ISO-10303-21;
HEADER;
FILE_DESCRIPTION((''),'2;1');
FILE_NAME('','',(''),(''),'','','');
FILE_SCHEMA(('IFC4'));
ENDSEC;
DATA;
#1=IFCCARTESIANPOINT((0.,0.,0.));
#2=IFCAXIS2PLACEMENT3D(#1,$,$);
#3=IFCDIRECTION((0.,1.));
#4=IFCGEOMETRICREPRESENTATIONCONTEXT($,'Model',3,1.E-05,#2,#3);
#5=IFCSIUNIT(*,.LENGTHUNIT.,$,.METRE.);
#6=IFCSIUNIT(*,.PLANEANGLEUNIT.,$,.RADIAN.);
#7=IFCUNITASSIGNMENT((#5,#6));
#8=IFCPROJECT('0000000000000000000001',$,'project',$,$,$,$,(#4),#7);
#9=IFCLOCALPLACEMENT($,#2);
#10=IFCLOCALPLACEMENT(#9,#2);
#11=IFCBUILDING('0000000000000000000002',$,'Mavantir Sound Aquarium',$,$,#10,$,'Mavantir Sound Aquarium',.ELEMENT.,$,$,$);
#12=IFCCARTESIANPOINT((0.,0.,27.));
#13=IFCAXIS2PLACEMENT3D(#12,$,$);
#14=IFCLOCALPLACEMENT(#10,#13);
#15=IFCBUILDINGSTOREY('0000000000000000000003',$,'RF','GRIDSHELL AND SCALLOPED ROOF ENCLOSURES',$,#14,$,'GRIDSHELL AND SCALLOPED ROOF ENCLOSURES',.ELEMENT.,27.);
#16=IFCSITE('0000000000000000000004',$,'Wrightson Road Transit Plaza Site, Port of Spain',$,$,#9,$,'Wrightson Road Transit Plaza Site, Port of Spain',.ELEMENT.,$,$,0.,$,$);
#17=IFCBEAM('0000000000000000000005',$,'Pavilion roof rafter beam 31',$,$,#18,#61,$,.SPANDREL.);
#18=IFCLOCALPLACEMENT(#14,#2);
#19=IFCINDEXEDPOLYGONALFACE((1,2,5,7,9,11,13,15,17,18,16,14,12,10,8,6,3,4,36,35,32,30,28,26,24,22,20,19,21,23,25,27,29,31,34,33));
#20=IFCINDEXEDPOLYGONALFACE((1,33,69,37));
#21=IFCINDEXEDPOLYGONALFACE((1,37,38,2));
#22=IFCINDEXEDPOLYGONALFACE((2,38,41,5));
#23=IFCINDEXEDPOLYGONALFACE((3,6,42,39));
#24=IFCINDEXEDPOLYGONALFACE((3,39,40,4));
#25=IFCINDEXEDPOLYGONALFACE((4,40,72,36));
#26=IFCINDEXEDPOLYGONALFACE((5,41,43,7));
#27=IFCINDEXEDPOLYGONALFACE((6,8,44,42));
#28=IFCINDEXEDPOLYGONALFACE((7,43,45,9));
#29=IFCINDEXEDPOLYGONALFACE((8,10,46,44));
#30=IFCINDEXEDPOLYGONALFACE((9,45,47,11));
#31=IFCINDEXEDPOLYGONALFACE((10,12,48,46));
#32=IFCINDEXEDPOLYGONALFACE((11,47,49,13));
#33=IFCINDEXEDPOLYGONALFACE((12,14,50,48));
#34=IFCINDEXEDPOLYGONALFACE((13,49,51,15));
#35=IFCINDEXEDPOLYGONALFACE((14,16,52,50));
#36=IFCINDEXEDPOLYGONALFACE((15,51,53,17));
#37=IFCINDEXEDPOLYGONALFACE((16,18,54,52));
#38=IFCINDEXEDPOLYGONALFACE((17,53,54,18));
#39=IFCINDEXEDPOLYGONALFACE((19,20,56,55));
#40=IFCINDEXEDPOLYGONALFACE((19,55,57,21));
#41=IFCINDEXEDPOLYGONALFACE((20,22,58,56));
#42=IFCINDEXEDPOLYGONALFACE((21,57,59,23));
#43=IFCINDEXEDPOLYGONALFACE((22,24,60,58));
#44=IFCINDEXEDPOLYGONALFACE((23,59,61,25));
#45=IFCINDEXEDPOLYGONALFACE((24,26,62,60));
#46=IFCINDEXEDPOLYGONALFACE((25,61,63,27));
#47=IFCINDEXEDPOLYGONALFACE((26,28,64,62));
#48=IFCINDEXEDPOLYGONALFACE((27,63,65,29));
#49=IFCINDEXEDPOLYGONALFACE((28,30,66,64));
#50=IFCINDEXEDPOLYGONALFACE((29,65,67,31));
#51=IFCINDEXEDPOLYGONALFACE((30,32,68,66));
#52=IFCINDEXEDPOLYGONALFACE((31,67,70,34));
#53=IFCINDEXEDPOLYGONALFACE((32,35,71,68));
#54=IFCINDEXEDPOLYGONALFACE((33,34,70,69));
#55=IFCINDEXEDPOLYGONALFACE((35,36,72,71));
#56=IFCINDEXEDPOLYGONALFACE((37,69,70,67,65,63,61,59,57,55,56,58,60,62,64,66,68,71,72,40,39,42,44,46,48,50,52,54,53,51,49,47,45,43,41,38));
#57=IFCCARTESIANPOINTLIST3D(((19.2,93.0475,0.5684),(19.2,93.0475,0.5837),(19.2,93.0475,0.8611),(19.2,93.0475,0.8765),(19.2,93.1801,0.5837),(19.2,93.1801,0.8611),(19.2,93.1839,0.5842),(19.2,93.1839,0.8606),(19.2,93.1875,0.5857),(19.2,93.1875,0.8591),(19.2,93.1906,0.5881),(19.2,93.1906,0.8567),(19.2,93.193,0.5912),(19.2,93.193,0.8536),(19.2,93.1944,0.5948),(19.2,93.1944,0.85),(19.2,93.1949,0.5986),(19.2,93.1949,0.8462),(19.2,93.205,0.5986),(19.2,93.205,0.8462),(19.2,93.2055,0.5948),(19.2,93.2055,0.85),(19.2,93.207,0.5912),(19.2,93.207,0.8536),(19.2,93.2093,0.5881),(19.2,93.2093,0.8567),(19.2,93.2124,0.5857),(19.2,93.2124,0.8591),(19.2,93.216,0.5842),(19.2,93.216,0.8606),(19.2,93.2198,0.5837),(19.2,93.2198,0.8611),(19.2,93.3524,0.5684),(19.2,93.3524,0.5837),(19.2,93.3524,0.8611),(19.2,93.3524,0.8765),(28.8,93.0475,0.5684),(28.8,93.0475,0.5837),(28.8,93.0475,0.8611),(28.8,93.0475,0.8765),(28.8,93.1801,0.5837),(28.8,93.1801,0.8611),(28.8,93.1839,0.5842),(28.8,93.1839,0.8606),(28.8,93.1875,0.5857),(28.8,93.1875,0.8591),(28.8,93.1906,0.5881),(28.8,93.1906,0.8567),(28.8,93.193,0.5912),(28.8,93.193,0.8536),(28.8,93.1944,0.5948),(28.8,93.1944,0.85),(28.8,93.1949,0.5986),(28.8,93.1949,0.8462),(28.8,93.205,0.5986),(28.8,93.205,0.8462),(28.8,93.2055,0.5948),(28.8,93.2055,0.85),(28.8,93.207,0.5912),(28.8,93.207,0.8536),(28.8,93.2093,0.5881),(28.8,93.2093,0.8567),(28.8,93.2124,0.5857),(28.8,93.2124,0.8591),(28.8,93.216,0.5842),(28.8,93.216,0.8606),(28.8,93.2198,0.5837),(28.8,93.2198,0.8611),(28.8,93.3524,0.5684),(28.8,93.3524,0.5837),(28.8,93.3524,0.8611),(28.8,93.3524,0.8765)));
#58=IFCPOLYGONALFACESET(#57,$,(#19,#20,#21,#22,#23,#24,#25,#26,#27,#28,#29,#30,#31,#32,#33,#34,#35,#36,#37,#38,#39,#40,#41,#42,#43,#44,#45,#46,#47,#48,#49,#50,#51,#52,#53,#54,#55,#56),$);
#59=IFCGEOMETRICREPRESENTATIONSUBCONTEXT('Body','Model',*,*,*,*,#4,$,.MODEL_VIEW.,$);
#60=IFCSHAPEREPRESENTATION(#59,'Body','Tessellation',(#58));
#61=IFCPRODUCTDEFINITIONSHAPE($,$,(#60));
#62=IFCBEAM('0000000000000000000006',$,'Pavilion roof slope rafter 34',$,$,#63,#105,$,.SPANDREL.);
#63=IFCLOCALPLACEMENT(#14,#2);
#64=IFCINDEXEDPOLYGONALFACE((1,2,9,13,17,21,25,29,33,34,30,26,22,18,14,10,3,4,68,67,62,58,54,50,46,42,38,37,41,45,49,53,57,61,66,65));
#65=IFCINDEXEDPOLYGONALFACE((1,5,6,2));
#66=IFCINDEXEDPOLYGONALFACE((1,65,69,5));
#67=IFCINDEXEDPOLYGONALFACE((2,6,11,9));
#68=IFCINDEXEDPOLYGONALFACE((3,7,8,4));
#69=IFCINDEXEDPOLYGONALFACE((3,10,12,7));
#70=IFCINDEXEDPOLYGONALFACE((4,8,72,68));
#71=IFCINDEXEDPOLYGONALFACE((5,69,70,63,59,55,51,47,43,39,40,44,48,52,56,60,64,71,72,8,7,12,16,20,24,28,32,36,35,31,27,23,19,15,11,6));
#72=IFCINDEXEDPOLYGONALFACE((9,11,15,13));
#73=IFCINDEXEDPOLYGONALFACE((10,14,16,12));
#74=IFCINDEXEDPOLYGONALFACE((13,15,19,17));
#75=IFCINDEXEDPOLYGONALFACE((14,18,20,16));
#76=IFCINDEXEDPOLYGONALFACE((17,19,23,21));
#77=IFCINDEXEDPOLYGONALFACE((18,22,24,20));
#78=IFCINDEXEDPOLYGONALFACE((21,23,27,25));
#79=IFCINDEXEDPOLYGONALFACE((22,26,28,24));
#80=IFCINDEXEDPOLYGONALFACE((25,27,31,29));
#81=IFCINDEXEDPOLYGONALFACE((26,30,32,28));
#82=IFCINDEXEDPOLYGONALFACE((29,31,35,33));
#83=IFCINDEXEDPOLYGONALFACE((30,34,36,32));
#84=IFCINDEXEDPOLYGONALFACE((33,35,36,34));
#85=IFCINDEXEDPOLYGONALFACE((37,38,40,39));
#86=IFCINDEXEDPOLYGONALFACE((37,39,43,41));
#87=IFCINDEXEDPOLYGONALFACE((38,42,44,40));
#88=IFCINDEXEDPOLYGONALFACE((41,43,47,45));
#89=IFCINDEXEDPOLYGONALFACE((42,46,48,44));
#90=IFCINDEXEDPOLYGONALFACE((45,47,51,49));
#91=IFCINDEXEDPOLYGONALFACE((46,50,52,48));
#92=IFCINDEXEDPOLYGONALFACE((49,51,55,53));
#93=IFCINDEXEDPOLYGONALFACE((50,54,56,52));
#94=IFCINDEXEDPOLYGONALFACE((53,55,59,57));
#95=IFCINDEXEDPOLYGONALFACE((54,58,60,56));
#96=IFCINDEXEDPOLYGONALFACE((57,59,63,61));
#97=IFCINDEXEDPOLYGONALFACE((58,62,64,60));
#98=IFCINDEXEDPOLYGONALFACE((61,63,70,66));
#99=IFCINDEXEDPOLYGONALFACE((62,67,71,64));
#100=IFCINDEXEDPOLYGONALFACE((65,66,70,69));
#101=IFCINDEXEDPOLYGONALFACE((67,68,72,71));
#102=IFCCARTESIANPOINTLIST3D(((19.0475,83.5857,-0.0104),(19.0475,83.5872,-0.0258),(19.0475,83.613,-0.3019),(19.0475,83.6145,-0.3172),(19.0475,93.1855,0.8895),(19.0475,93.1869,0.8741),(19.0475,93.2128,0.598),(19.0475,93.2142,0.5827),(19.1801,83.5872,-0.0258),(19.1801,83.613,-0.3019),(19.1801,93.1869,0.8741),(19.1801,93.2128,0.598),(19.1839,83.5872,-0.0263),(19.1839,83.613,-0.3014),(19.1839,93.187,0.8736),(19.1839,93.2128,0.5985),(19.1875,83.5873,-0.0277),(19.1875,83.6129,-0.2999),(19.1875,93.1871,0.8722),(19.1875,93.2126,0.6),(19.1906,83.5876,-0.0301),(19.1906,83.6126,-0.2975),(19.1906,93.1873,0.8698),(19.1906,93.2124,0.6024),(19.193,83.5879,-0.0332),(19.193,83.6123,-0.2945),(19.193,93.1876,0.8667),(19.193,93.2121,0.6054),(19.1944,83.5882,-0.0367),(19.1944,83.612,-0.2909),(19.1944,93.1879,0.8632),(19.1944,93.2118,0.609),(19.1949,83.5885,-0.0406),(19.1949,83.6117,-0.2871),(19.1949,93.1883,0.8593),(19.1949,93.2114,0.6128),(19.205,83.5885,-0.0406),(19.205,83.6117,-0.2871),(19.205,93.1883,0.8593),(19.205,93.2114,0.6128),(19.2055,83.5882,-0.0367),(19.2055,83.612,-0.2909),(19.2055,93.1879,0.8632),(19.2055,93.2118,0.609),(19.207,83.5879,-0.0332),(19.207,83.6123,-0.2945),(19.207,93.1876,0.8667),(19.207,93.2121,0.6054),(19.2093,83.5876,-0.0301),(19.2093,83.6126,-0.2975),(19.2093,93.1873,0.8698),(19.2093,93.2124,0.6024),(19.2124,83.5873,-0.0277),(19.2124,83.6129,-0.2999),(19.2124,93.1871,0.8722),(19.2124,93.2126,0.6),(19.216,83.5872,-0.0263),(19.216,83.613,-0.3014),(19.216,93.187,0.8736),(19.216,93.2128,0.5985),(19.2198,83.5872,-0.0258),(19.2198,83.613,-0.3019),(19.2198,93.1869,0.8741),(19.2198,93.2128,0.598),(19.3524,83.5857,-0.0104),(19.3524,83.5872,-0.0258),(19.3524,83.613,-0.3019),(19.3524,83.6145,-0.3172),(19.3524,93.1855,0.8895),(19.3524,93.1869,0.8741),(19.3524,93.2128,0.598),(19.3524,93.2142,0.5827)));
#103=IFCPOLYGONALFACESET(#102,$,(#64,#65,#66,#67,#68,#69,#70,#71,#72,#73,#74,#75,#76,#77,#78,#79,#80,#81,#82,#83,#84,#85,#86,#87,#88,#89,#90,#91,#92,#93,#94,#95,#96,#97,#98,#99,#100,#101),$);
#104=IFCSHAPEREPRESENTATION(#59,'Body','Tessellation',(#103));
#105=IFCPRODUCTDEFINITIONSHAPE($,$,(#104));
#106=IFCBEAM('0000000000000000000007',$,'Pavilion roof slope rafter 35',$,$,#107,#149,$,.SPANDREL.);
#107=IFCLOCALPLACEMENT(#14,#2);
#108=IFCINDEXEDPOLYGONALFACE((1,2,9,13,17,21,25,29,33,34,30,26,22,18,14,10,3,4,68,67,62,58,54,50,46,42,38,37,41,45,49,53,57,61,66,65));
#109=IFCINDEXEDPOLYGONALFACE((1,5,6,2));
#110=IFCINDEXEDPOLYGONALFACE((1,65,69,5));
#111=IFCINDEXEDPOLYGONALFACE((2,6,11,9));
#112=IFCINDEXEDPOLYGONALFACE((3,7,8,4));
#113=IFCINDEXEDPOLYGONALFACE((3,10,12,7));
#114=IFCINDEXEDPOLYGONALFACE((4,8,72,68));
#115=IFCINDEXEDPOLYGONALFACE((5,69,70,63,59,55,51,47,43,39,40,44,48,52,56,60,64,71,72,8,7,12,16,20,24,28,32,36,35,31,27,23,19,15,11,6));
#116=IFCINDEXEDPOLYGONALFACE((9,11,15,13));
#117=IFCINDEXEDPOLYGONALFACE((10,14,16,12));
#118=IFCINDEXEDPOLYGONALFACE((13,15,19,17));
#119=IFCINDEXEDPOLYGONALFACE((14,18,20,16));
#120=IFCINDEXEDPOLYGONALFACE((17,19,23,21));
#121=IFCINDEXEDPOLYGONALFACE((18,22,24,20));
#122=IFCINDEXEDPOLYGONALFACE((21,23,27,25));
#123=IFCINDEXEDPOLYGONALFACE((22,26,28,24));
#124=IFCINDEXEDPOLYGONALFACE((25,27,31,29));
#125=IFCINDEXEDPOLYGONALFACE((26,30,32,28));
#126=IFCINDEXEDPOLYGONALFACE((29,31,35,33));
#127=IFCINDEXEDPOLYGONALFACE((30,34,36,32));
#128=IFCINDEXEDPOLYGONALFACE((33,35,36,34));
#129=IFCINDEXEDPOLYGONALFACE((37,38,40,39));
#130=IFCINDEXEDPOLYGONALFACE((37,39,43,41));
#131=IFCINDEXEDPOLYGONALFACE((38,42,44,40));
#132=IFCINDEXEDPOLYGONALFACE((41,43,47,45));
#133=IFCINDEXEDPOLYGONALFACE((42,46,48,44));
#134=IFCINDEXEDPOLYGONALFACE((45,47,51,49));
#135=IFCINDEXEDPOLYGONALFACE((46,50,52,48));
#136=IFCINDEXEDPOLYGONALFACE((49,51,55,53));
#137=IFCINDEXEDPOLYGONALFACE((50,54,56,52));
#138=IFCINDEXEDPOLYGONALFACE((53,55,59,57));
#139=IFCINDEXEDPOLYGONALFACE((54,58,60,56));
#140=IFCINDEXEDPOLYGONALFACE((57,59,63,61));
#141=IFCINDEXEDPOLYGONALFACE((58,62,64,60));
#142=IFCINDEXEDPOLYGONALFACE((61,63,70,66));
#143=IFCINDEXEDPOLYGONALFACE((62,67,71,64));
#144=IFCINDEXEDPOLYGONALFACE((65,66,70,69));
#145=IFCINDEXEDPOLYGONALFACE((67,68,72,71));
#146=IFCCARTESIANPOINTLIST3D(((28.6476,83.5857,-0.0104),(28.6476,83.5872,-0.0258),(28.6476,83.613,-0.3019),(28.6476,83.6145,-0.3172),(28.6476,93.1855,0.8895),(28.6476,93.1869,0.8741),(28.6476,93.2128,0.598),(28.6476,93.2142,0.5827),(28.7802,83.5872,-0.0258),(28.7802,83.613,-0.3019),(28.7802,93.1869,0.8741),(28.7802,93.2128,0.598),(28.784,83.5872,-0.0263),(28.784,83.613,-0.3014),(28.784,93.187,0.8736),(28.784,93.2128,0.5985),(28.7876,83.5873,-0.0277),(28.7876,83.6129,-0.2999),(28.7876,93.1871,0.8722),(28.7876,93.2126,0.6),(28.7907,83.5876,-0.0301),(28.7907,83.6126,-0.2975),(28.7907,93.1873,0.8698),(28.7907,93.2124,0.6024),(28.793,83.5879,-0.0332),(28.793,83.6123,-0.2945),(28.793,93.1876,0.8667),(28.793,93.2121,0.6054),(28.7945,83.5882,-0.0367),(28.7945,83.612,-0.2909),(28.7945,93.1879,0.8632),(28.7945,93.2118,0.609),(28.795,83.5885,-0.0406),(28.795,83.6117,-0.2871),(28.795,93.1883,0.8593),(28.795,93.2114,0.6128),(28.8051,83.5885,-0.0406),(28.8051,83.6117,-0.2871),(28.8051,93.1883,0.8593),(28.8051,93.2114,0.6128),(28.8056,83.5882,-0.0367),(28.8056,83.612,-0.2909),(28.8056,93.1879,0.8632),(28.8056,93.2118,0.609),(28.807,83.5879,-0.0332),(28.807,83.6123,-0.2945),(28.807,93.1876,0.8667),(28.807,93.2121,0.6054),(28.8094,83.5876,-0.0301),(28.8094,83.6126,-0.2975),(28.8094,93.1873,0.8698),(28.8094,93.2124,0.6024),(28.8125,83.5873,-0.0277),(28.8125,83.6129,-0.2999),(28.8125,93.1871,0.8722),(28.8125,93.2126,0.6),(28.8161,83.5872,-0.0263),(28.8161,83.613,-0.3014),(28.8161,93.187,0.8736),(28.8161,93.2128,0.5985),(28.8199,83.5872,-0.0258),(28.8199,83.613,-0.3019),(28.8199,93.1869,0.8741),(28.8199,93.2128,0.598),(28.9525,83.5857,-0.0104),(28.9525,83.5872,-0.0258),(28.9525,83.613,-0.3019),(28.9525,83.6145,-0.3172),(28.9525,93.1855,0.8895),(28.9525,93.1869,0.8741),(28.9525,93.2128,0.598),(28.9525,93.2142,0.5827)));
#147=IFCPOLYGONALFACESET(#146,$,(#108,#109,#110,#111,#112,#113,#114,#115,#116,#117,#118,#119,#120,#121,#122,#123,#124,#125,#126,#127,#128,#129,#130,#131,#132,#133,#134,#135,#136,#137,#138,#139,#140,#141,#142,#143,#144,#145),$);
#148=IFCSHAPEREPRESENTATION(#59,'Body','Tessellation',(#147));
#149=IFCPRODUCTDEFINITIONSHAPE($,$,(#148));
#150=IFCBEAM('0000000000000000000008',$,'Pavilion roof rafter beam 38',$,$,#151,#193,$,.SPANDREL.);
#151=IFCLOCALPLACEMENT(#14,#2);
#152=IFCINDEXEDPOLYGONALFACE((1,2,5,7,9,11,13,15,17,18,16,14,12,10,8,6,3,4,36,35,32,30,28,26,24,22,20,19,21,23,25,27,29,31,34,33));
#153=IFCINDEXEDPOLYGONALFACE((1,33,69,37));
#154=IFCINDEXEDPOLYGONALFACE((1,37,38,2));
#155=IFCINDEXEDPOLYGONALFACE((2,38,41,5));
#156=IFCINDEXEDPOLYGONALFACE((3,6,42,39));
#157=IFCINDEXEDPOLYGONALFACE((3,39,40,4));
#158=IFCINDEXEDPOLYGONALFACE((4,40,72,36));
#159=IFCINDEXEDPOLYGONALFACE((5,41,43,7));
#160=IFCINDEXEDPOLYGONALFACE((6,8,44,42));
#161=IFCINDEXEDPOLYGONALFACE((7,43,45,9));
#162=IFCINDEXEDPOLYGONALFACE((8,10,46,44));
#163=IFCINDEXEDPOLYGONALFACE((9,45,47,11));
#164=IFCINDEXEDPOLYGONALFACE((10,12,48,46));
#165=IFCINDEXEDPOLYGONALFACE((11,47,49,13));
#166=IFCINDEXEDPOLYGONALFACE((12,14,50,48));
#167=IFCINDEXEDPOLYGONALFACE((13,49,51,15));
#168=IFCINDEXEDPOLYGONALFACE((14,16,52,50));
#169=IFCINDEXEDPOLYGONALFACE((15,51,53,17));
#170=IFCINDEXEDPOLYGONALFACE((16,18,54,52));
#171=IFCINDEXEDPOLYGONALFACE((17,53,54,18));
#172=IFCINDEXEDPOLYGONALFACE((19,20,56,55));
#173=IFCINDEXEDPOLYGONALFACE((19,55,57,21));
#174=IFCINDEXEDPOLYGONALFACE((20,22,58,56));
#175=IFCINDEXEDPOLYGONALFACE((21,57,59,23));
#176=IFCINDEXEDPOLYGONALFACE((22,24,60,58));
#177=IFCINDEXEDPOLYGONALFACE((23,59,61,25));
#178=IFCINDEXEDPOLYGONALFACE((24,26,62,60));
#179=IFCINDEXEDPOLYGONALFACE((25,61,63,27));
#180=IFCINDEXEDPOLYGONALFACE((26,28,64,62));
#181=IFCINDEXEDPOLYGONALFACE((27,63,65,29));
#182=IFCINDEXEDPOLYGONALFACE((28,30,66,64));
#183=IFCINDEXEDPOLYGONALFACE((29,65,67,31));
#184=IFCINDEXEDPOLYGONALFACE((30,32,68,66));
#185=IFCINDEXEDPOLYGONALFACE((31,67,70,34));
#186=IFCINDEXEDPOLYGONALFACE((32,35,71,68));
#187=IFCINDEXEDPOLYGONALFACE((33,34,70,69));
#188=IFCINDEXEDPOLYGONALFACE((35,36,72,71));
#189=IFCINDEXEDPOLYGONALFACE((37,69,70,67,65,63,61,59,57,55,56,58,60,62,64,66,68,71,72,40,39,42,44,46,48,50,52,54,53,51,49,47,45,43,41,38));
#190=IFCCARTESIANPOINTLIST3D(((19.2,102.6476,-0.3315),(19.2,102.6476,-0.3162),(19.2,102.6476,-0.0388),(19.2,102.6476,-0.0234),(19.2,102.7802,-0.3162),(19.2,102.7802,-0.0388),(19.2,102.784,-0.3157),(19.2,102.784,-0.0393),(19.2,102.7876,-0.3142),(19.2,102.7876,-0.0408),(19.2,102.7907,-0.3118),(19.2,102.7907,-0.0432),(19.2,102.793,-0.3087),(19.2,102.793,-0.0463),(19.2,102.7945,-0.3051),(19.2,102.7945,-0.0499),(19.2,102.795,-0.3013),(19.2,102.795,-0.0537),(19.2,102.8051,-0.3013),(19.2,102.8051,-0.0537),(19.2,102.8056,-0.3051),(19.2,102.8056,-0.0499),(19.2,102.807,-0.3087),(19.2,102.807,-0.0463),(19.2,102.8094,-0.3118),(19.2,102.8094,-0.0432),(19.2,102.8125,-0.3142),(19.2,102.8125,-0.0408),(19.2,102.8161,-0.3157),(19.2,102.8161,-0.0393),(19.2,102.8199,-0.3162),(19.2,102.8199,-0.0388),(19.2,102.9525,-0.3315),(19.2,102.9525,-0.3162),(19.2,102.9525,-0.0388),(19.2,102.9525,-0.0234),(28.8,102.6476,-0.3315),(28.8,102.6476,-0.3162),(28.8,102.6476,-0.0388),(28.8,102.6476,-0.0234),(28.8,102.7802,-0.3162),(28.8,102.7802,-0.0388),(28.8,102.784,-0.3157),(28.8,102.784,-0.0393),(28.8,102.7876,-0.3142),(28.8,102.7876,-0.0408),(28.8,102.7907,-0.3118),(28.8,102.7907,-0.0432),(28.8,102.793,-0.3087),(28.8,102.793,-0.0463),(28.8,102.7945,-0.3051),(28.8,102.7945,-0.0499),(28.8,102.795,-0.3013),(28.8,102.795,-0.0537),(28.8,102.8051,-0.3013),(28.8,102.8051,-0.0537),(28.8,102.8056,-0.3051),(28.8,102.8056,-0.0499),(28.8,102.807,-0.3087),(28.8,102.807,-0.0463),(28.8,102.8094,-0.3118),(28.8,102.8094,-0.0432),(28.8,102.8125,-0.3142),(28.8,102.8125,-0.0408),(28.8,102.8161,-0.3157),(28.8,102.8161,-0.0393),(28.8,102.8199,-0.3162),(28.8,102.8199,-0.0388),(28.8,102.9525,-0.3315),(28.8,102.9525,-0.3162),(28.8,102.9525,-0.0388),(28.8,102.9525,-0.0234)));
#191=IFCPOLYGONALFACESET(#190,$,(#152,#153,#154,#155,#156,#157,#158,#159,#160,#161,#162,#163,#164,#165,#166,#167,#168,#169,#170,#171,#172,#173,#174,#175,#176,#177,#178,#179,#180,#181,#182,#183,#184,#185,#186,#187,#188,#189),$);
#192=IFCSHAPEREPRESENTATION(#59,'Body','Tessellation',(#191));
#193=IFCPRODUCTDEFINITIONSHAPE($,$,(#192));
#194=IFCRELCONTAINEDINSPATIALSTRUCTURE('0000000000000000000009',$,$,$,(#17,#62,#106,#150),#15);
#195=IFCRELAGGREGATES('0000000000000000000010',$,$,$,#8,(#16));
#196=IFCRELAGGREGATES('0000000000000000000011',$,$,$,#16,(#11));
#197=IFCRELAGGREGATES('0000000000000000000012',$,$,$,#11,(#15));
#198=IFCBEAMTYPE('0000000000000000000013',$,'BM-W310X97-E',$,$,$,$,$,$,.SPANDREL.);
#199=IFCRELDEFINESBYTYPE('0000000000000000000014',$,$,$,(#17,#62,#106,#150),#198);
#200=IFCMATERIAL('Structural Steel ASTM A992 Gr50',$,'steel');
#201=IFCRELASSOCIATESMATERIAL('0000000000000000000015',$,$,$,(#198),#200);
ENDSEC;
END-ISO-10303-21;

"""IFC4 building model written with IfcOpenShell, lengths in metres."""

from ifc_helpers import new_model, si_unit, direction, frame, origin, origin_2d, place, context, subcontext, project, spatial, i_section, extrude, material, material_profile, profile_set, type_object, element, save


model = new_model("IFC4")

# Units and contexts
model_context = context("Model", 3, precision=1e-05, world=origin(), true_north=direction((0.0, 1.0)))
body_context = subcontext(model_context, "Body", "Model", "MODEL_VIEW")
ifc_project = project(units=[si_unit("LENGTHUNIT", "METRE"), si_unit("PLANEANGLEUNIT", "RADIAN")], contexts=[model_context])

# Site, building, storey
site_placement = place(None, origin())
site = spatial("IfcSite", under=ifc_project, at=site_placement, Name="Wrightson Road Transit Plaza Site, Port of Spain", LongName="Wrightson Road Transit Plaza Site, Port of Spain", CompositionType="ELEMENT", RefElevation=0.0)
building_placement = place(site_placement, origin())
building = spatial("IfcBuilding", under=site, at=building_placement, Name="Mavantir Sound Aquarium", LongName="Mavantir Sound Aquarium", CompositionType="ELEMENT")
storey_placement = place(building_placement, frame((0.0, 0.0, 27.0)))
storey = spatial("IfcBuildingStorey", under=building, at=storey_placement, Name="RF", Description="GRIDSHELL AND SCALLOPED ROOF ENCLOSURES", LongName="GRIDSHELL AND SCALLOPED ROOF ENCLOSURES", CompositionType="ELEMENT", Elevation=27.0)

# Beams
ifc_material_1 = material(Name="Structural Steel ASTM A992 Gr50", Category="steel")
ifc_material_profile_1 = material_profile(ifc_material_1, i_section(OverallWidth=0.3049, OverallDepth=0.3081, WebThickness=0.01, FlangeThickness=0.0154, FilletRadius=0.0149, at=origin_2d()), Name="W310X97")
ifc_profile_set_1 = profile_set([ifc_material_profile_1], Name="Structural Steel ASTM A992 Gr50")
beam_type_1 = type_object("IfcBeamType", Name="BM-W310X97-E", PredefinedType="SPANDREL", material=ifc_profile_set_1)
for number, where, z_axis, x_axis, name in (
    (1, (19.2, 93.2, 0.7224), (1.0, 0.0, 0.0), (0.0, 1.0, 0.0), "Pavilion roof rafter beam 31"),
):
    element("IfcBeam", number, at=place(storey_placement, frame(where, z_axis=z_axis, x_axis=x_axis)), inside=storey, type_object=beam_type_1, Name=name, PredefinedType="SPANDREL", context=body_context, shape_type="SweptSolid", body=[
        extrude(i_section(OverallWidth=0.3049, OverallDepth=0.3081, WebThickness=0.01, FlangeThickness=0.0154, FilletRadius=0.0149, at=origin_2d()), origin(), (0.0, 0.0, 1.0), 9.6001),
    ])
for number, where, z_axis, x_axis, name in (
    (2, (19.2, 83.6001, -0.1638), (0.0, 0.995635, 0.093332), (-1.0, 0.0, 0.0), "Pavilion roof slope rafter 34"),
    (3, (28.8, 83.6001, -0.1638), (0.0, 0.995635, 0.093332), (-1.0, 0.0, 0.0), "Pavilion roof slope rafter 35"),
):
    element("IfcBeam", number, at=place(storey_placement, frame(where, z_axis=z_axis, x_axis=x_axis)), inside=storey, type_object=beam_type_1, Name=name, PredefinedType="SPANDREL", context=body_context, shape_type="SweptSolid", body=[
        extrude(i_section(OverallWidth=0.3049, OverallDepth=0.3081, WebThickness=0.01, FlangeThickness=0.0154, FilletRadius=0.0149, at=origin_2d()), origin(), (0.0, 0.0, 1.0), 9.6418),
    ])
beam_placement = place(storey_placement, frame((19.2, 102.8, -0.1775), z_axis=(1.0, 0.0, 0.0), x_axis=(0.0, 1.0, 0.0)))
element("IfcBeam", 4, at=beam_placement, inside=storey, type_object=beam_type_1, Name="Pavilion roof rafter beam 38", PredefinedType="SPANDREL", context=body_context, shape_type="SweptSolid", body=[
    extrude(i_section(OverallWidth=0.3049, OverallDepth=0.3081, WebThickness=0.01, FlangeThickness=0.0154, FilletRadius=0.0149, at=origin_2d()), origin(), (0.0, 0.0, 1.0), 9.6001),
])

save(model, "model.ifc")
